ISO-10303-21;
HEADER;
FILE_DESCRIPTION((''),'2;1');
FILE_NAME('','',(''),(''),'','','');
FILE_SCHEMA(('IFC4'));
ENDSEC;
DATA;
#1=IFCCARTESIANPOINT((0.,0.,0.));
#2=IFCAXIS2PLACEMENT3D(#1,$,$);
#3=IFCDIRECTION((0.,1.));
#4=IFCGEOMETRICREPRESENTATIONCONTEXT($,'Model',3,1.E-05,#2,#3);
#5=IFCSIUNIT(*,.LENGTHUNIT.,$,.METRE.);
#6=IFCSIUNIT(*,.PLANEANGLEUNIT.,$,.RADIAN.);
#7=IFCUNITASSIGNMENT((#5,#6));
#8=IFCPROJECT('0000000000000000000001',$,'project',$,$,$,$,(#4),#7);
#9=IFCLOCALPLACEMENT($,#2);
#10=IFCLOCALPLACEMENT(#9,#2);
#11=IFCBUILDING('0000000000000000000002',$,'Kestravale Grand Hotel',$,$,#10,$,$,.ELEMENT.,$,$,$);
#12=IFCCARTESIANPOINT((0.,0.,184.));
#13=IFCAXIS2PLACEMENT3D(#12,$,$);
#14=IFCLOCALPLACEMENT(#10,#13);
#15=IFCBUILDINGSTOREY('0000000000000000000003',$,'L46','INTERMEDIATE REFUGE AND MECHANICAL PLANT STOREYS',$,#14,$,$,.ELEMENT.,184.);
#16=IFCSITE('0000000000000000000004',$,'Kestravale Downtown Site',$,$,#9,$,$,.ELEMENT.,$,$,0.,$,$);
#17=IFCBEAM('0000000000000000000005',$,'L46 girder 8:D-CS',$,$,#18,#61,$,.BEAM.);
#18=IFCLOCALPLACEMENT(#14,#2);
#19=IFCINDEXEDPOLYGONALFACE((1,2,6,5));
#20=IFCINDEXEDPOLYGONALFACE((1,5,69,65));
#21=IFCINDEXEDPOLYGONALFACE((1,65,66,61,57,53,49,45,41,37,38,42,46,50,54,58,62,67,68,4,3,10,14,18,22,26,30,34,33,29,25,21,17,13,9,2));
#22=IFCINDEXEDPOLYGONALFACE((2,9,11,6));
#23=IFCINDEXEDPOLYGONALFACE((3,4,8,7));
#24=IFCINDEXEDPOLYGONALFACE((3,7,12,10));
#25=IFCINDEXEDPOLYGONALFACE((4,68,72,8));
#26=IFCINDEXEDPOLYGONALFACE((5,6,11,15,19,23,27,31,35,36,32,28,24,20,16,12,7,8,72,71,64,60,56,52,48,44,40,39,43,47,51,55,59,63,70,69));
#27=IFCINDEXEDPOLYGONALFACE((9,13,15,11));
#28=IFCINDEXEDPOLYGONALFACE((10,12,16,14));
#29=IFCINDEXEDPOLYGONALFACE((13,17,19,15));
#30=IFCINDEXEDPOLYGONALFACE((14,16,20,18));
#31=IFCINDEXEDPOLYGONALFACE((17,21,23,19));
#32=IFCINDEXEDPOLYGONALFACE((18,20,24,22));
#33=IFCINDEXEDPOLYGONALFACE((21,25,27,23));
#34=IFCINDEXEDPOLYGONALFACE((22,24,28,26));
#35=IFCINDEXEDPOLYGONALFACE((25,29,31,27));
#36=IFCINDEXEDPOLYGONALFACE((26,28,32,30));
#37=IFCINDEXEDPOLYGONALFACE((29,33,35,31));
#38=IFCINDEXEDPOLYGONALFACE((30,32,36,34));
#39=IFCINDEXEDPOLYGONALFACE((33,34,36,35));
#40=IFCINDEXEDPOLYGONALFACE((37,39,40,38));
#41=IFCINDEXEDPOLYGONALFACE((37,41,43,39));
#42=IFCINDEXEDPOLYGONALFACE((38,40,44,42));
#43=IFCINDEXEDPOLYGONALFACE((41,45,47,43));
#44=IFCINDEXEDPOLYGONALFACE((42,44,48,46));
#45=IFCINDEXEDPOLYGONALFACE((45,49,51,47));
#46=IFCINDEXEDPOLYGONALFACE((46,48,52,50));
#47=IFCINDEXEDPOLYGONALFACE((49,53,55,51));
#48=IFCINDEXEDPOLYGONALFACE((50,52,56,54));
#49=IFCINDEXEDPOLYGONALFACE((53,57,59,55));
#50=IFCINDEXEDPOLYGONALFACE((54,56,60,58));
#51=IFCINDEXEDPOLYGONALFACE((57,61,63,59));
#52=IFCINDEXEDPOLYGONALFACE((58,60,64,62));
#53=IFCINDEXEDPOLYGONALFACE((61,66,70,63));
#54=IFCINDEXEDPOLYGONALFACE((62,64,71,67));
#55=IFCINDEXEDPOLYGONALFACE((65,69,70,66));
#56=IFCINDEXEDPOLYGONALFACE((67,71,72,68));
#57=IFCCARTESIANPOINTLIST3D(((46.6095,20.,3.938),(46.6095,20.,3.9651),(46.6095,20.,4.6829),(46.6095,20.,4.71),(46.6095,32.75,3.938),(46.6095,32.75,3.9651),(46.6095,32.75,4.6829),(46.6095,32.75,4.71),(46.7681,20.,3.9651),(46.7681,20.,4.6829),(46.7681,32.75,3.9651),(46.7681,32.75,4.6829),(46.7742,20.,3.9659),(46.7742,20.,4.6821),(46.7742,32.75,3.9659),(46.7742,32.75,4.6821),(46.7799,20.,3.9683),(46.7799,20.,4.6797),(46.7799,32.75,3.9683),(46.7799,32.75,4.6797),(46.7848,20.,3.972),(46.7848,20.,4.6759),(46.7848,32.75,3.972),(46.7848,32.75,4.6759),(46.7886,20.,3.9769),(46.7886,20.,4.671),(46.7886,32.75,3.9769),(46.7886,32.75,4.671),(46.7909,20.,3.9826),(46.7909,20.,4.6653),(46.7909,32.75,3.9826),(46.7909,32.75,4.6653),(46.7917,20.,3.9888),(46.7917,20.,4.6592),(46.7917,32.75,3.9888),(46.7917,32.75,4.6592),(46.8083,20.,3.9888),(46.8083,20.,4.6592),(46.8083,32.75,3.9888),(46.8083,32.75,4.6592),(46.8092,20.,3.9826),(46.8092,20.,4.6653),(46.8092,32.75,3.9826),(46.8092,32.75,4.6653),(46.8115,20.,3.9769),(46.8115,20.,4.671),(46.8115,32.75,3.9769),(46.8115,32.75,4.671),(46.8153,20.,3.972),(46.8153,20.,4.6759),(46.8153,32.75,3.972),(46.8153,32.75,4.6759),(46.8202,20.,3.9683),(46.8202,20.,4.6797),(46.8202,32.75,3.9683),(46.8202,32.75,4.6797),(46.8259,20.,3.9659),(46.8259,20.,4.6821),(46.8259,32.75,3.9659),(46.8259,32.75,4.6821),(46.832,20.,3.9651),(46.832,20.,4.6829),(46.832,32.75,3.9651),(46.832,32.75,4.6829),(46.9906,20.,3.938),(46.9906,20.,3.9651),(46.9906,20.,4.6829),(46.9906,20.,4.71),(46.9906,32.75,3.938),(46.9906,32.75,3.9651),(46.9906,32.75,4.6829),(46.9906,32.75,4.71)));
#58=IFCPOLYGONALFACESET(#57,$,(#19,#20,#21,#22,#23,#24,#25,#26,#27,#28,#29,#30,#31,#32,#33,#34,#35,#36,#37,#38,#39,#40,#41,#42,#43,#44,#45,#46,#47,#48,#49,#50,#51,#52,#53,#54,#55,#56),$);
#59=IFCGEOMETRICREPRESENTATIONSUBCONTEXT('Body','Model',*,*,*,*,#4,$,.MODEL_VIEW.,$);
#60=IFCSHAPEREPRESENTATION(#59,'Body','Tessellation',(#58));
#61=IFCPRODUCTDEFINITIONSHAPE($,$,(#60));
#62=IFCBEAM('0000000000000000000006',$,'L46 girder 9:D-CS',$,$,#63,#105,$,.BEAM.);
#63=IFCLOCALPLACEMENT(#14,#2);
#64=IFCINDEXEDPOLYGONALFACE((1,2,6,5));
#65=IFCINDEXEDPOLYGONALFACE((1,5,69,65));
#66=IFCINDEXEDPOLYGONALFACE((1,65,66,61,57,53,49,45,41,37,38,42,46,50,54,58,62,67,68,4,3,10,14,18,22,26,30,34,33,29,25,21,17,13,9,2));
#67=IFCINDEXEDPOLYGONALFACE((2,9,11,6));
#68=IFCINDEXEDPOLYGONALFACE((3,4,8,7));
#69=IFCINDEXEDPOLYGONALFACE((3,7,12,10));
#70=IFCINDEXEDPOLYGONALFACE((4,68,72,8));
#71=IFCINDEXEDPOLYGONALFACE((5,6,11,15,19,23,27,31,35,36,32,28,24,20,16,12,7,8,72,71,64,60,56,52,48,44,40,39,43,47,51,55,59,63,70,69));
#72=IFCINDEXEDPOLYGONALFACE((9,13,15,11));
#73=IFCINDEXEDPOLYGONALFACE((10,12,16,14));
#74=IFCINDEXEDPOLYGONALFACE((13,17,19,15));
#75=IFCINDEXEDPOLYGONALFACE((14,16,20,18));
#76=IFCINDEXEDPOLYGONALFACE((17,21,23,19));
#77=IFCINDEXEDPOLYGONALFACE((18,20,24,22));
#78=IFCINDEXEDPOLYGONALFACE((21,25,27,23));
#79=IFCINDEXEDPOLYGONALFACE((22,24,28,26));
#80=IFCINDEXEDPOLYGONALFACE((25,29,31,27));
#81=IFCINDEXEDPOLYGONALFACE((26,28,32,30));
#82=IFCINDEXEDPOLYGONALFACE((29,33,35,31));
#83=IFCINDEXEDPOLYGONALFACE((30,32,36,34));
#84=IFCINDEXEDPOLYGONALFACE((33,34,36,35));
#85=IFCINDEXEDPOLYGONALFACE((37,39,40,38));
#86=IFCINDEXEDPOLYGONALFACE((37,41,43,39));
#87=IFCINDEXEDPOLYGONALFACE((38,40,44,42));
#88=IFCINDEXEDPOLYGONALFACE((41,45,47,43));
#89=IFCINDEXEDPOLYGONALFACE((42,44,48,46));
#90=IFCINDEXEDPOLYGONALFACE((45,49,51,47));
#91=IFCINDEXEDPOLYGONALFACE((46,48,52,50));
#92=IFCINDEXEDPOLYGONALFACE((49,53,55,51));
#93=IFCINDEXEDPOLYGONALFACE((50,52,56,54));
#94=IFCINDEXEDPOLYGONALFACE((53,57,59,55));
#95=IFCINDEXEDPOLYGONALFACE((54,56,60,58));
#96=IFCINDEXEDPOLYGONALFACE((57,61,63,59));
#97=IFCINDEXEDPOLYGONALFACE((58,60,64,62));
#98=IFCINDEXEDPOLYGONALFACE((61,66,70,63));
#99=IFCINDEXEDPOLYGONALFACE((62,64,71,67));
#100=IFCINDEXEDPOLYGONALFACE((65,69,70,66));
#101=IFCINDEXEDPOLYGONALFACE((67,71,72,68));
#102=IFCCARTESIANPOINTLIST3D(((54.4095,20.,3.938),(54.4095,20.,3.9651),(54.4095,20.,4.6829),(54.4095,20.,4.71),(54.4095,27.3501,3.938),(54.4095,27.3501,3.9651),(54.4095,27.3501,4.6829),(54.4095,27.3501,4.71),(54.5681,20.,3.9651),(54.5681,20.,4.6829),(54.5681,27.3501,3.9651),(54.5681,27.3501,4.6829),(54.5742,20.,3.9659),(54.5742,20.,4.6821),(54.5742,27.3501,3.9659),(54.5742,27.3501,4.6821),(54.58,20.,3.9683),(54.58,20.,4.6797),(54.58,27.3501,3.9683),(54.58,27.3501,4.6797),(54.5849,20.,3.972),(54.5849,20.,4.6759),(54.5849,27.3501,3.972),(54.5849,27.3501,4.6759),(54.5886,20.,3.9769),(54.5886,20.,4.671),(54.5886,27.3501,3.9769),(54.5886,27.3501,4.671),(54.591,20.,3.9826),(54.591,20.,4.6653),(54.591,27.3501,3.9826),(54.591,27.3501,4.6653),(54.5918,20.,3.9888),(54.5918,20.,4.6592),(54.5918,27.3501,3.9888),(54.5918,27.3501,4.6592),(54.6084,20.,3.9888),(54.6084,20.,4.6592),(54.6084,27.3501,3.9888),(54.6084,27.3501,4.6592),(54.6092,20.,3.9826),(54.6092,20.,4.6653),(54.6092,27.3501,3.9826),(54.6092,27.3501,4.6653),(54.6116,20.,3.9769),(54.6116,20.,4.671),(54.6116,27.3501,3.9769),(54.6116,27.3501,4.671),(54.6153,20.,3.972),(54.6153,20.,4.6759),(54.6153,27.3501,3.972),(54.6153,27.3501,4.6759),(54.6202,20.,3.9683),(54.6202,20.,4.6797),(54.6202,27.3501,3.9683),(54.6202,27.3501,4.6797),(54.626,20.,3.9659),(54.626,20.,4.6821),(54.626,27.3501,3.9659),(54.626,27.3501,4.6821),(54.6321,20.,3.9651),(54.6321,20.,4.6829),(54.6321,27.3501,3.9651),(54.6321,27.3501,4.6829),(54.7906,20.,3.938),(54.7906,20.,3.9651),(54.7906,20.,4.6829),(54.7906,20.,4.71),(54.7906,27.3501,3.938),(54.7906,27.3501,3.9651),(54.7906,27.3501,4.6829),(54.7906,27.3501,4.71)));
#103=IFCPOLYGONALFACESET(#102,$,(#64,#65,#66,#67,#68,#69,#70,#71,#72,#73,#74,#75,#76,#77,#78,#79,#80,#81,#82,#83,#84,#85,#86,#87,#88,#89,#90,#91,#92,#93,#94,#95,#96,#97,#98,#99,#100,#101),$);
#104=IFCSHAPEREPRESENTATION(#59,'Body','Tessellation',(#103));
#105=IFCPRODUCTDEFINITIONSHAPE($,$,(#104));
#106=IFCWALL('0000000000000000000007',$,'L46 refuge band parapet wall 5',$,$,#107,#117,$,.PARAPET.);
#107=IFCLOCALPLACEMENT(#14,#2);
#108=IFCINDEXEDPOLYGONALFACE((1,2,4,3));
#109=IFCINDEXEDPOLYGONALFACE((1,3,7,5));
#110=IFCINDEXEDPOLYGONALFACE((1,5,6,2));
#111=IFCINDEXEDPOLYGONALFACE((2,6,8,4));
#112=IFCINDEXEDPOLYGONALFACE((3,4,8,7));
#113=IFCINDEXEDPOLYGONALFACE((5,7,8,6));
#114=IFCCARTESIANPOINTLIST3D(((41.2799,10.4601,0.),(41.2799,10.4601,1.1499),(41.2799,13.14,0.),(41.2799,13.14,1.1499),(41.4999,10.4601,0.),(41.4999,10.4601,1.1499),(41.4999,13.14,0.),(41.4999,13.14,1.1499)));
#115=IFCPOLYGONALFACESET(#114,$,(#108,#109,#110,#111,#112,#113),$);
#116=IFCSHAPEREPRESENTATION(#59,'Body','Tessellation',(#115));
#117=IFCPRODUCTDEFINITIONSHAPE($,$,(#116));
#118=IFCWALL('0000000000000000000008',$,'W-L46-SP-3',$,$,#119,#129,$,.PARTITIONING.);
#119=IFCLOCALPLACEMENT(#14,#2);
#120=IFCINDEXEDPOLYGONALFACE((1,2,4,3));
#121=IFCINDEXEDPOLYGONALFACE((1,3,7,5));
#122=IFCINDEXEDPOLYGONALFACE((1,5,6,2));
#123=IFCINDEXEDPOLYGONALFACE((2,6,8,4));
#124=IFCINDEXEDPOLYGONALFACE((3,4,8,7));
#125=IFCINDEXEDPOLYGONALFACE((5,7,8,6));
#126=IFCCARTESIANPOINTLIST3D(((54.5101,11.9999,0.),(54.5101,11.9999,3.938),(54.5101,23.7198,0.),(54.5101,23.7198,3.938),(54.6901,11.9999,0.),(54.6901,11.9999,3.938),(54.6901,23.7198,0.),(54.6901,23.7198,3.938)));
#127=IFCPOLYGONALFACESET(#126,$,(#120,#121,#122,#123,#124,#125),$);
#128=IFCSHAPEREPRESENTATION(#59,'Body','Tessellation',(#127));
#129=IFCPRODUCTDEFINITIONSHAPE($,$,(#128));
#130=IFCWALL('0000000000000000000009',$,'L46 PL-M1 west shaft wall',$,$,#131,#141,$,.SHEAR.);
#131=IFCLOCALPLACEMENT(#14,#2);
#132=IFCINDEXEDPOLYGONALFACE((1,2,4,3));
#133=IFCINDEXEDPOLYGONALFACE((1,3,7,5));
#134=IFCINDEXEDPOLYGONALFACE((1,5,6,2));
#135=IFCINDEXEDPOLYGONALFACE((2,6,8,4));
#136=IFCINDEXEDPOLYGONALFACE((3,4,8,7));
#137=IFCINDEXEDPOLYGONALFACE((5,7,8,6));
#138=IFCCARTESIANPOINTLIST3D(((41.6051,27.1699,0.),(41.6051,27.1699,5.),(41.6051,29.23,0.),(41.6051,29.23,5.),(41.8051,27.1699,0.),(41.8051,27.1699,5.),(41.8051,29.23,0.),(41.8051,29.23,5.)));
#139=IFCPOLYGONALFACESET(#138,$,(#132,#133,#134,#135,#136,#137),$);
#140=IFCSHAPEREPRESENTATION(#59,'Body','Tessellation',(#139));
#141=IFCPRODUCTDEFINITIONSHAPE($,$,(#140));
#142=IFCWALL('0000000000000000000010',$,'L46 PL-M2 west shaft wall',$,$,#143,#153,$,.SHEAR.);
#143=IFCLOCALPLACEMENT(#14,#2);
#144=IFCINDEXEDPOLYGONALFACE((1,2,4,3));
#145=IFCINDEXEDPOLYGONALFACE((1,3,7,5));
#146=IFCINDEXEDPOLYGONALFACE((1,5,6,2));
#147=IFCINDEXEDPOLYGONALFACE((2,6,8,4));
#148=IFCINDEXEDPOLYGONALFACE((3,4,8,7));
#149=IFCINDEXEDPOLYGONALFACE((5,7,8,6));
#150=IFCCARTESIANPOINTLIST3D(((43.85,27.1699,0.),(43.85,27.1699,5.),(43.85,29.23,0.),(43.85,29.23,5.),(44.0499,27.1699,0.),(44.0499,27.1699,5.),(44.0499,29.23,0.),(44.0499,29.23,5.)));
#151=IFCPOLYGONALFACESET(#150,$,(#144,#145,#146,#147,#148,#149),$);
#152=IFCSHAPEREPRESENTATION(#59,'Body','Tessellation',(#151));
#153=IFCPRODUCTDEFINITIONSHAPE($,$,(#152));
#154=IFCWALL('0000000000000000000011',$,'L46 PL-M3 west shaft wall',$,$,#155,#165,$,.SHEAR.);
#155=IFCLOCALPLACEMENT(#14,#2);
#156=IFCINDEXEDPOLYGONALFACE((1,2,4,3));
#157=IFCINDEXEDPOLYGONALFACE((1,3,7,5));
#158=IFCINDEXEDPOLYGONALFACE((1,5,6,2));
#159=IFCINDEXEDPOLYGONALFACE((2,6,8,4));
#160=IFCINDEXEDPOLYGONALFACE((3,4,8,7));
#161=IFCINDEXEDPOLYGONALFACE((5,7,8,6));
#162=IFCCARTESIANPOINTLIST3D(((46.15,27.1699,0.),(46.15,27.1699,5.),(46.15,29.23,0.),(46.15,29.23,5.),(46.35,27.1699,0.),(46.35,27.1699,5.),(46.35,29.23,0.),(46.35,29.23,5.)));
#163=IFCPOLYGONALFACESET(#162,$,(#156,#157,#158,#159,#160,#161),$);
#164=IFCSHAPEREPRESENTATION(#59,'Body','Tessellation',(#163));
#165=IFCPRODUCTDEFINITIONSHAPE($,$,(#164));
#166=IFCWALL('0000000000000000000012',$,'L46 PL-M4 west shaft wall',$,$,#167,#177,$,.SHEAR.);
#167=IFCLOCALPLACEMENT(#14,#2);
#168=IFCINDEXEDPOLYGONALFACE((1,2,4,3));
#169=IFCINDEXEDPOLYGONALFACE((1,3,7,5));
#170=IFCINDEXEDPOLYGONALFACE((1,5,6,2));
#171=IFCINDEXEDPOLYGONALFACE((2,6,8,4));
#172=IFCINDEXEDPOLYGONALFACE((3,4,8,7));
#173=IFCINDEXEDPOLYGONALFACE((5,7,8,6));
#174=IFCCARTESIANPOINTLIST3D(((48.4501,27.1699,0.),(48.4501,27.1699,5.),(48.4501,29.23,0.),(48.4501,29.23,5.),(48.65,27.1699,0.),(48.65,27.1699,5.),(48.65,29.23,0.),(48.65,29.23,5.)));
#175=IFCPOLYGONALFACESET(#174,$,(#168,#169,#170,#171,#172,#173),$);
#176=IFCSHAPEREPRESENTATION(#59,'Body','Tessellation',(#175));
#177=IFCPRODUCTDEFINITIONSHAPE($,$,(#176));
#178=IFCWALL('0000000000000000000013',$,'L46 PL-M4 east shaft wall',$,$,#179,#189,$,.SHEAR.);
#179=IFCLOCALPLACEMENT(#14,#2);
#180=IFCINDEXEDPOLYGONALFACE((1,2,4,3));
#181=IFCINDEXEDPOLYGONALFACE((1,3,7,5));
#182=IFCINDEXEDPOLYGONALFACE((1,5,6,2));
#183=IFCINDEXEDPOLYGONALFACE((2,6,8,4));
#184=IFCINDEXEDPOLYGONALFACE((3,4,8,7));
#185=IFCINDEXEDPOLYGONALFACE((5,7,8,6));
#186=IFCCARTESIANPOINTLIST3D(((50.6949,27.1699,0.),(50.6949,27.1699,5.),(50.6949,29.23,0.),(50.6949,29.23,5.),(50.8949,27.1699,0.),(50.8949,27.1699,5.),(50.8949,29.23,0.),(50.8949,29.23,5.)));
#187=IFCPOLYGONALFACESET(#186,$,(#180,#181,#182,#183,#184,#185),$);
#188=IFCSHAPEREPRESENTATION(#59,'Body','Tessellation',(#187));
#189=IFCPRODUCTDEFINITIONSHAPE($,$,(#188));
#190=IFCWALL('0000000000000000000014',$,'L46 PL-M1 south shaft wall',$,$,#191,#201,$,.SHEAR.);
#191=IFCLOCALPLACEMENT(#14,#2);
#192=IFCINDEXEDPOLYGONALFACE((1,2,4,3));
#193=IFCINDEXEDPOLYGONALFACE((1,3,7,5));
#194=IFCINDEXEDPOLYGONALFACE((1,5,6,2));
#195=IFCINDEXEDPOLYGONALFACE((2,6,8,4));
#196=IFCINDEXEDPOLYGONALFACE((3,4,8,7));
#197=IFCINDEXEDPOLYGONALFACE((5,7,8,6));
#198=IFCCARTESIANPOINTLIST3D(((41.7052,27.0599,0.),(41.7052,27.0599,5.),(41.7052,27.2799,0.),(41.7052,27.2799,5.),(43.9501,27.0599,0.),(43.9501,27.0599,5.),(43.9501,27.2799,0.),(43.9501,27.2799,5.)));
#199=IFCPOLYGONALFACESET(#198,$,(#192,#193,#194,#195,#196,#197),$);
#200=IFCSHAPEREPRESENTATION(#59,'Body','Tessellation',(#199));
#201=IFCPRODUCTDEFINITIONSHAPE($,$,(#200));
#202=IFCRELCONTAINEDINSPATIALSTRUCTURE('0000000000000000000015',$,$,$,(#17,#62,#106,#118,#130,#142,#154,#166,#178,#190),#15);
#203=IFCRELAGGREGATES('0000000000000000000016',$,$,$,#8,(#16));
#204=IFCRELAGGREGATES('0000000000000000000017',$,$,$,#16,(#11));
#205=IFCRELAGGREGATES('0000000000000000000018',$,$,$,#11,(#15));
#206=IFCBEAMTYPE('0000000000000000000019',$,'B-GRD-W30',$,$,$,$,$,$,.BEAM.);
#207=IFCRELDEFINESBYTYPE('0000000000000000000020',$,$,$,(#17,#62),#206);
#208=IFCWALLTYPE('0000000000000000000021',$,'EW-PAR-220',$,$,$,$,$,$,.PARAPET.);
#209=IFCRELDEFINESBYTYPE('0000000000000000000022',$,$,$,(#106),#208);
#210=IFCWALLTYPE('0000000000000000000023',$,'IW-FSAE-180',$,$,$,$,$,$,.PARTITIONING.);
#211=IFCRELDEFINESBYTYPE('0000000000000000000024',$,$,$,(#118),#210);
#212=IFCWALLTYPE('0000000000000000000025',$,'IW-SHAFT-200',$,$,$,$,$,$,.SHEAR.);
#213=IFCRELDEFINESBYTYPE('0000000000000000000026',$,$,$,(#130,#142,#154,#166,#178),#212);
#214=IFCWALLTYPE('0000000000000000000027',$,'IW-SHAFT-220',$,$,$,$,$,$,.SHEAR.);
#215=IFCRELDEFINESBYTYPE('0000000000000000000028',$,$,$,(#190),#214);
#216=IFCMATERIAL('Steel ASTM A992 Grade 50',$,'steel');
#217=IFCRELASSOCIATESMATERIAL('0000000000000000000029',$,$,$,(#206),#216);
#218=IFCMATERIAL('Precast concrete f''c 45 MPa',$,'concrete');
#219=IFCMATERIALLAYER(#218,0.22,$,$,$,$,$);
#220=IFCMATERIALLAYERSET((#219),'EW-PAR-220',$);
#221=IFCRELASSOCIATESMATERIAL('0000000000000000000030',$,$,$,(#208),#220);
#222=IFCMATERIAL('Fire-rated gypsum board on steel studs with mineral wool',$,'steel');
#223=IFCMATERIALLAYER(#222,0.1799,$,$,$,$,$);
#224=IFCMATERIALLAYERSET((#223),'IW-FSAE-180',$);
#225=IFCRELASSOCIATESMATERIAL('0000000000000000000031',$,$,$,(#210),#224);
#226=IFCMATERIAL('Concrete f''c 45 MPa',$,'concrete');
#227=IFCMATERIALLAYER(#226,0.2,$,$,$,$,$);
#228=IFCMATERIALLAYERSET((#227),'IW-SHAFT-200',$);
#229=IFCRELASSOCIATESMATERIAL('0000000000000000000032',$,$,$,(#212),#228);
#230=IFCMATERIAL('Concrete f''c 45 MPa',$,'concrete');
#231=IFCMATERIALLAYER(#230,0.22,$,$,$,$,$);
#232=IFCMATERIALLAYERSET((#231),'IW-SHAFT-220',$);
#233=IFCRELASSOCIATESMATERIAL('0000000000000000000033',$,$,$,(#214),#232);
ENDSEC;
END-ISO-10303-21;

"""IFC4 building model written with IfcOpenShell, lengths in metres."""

from ifc_helpers import new_model, si_unit, direction, frame, frame_2d, origin, origin_2d, place, context, subcontext, project, spatial, rectangle, i_section, extrude, material, layer, layer_set, material_profile, profile_set, type_object, element, save


model = new_model("IFC4")

# Units and contexts
model_context = context("Model", 3, precision=1e-05, world=origin(), true_north=direction((0.0, 1.0)))
body_context = subcontext(model_context, "Body", "Model", "MODEL_VIEW")
ifc_project = project(units=[si_unit("LENGTHUNIT", "METRE"), si_unit("PLANEANGLEUNIT", "RADIAN")], contexts=[model_context])

# Site, building, storey
site_placement = place(None, origin())
site = spatial("IfcSite", under=ifc_project, at=site_placement, Name="Kestravale Downtown Site", CompositionType="ELEMENT", RefElevation=0.0)
building_placement = place(site_placement, origin())
building = spatial("IfcBuilding", under=site, at=building_placement, Name="Kestravale Grand Hotel", CompositionType="ELEMENT")
storey_placement = place(building_placement, frame((0.0, 0.0, 184.0)))
storey = spatial("IfcBuildingStorey", under=building, at=storey_placement, Name="L46", Description="INTERMEDIATE REFUGE AND MECHANICAL PLANT STOREYS", CompositionType="ELEMENT", Elevation=184.0)

# Beams
ifc_material_1 = material(Name="Steel ASTM A992 Grade 50", Category="steel")
ifc_material_profile_1 = material_profile(ifc_material_1, i_section(OverallWidth=0.3811, OverallDepth=0.772, WebThickness=0.0166, FlangeThickness=0.0271, FilletRadius=0.0237, at=origin_2d()))
ifc_profile_set_1 = profile_set([ifc_material_profile_1], Name="Steel ASTM A992 Grade 50")
beam_type = type_object("IfcBeamType", Name="B-GRD-W30", PredefinedType="BEAM", material=ifc_profile_set_1)
beam_1_placement = place(storey_placement, frame((46.8, 20.0, 4.324), z_axis=(0.0, 1.0, 0.0), x_axis=(-1.0, 0.0, 0.0)))
element("IfcBeam", 1, at=beam_1_placement, inside=storey, type_object=beam_type, Name="L46 girder 8:D-CS", PredefinedType="BEAM", context=body_context, shape_type="SweptSolid", body=[
    extrude(i_section(OverallWidth=0.3811, OverallDepth=0.772, WebThickness=0.0166, FlangeThickness=0.0271, FilletRadius=0.0237, at=origin_2d()), origin(), (0.0, 0.0, 1.0), 12.75),
])
beam_2_placement = place(storey_placement, frame((54.6001, 20.0, 4.324), z_axis=(0.0, 1.0, 0.0), x_axis=(-1.0, 0.0, 0.0)))
element("IfcBeam", 2, at=beam_2_placement, inside=storey, type_object=beam_type, Name="L46 girder 9:D-CS", PredefinedType="BEAM", context=body_context, shape_type="SweptSolid", body=[
    extrude(i_section(OverallWidth=0.3811, OverallDepth=0.772, WebThickness=0.0166, FlangeThickness=0.0271, FilletRadius=0.0237, at=origin_2d()), origin(), (0.0, 0.0, 1.0), 7.3501),
])

# Walls
ifc_material_2 = material(Name="Precast concrete f'c 45 MPa", Category="concrete")
ifc_layer_1 = layer(ifc_material_2, 0.22)
ifc_layer_set_1 = layer_set([ifc_layer_1], Name="EW-PAR-220")
wall_type_1 = type_object("IfcWallType", Name="EW-PAR-220", PredefinedType="PARAPET", material=ifc_layer_set_1)
wall_1_placement = place(storey_placement, frame((41.3899, 13.1399, 0.0), z_axis=(0.0, 0.0, 1.0), x_axis=(0.0, -1.0, 0.0)))
element("IfcWall", 3, at=wall_1_placement, inside=storey, type_object=wall_type_1, Name="L46 refuge band parapet wall 5", PredefinedType="PARAPET", context=body_context, shape_type="SweptSolid", body=[
    extrude(rectangle(XDim=2.6799, YDim=0.22, at=frame_2d((1.3398, 0.0))), origin(), (0.0, 0.0, 1.0), 1.1499),
])
ifc_material_3 = material(Name="Fire-rated gypsum board on steel studs with mineral wool", Category="steel")
ifc_layer_2 = layer(ifc_material_3, 0.1799)
ifc_layer_set_2 = layer_set([ifc_layer_2], Name="IW-FSAE-180")
wall_type_2 = type_object("IfcWallType", Name="IW-FSAE-180", PredefinedType="PARTITIONING", material=ifc_layer_set_2)
wall_2_placement = place(storey_placement, frame((54.6001, 12.0, 0.0), z_axis=(0.0, 0.0, 1.0), x_axis=(0.0, 1.0, 0.0)))
element("IfcWall", 4, at=wall_2_placement, inside=storey, type_object=wall_type_2, Name="W-L46-SP-3", PredefinedType="PARTITIONING", context=body_context, shape_type="SweptSolid", body=[
    extrude(rectangle(XDim=11.72, YDim=0.1799, at=frame_2d((5.8599, 0.0))), origin(), (0.0, 0.0, 1.0), 3.938),
])
ifc_material_4 = material(Name="Concrete f'c 45 MPa", Category="concrete")
ifc_layer_3 = layer(ifc_material_4, 0.2)
ifc_layer_set_3 = layer_set([ifc_layer_3], Name="IW-SHAFT-200")
wall_type_3 = type_object("IfcWallType", Name="IW-SHAFT-200", PredefinedType="SHEAR", material=ifc_layer_set_3)
for number, where, z_axis, x_axis, name in (
    (5, (41.7051, 27.1699, 0.0), (0.0, 0.0, 1.0), (0.0, 1.0, 0.0), "L46 PL-M1 west shaft wall"),
    (6, (43.95, 27.1699, 0.0), (0.0, 0.0, 1.0), (0.0, 1.0, 0.0), "L46 PL-M2 west shaft wall"),
    (7, (46.25, 27.1699, 0.0), (0.0, 0.0, 1.0), (0.0, 1.0, 0.0), "L46 PL-M3 west shaft wall"),
    (8, (48.55, 27.1699, 0.0), (0.0, 0.0, 1.0), (0.0, 1.0, 0.0), "L46 PL-M4 west shaft wall"),
    (9, (50.7949, 27.1699, 0.0), (0.0, 0.0, 1.0), (0.0, 1.0, 0.0), "L46 PL-M4 east shaft wall"),
):
    element("IfcWall", number, at=place(storey_placement, frame(where, z_axis=z_axis, x_axis=x_axis)), inside=storey, type_object=wall_type_3, Name=name, PredefinedType="SHEAR", context=body_context, shape_type="SweptSolid", body=[
        extrude(rectangle(XDim=2.0601, YDim=0.2, at=frame_2d((1.03, 0.0))), origin(), (0.0, 0.0, 1.0), 5.0),
    ])
ifc_material_5 = material(Name="Concrete f'c 45 MPa", Category="concrete")
ifc_layer_4 = layer(ifc_material_5, 0.22)
ifc_layer_set_4 = layer_set([ifc_layer_4], Name="IW-SHAFT-220")
wall_type_4 = type_object("IfcWallType", Name="IW-SHAFT-220", PredefinedType="SHEAR", material=ifc_layer_set_4)
wall_3_placement = place(storey_placement, frame((41.7051, 27.1699, 0.0), z_axis=(0.0, 0.0, 1.0), x_axis=(1.0, 0.0, 0.0)))
element("IfcWall", 10, at=wall_3_placement, inside=storey, type_object=wall_type_4, Name="L46 PL-M1 south shaft wall", PredefinedType="SHEAR", context=body_context, shape_type="SweptSolid", body=[
    extrude(rectangle(XDim=2.2449, YDim=0.22, at=frame_2d((1.1226, 0.0))), origin(), (0.0, 0.0, 1.0), 5.0),
])

save(model, "model.ifc")
